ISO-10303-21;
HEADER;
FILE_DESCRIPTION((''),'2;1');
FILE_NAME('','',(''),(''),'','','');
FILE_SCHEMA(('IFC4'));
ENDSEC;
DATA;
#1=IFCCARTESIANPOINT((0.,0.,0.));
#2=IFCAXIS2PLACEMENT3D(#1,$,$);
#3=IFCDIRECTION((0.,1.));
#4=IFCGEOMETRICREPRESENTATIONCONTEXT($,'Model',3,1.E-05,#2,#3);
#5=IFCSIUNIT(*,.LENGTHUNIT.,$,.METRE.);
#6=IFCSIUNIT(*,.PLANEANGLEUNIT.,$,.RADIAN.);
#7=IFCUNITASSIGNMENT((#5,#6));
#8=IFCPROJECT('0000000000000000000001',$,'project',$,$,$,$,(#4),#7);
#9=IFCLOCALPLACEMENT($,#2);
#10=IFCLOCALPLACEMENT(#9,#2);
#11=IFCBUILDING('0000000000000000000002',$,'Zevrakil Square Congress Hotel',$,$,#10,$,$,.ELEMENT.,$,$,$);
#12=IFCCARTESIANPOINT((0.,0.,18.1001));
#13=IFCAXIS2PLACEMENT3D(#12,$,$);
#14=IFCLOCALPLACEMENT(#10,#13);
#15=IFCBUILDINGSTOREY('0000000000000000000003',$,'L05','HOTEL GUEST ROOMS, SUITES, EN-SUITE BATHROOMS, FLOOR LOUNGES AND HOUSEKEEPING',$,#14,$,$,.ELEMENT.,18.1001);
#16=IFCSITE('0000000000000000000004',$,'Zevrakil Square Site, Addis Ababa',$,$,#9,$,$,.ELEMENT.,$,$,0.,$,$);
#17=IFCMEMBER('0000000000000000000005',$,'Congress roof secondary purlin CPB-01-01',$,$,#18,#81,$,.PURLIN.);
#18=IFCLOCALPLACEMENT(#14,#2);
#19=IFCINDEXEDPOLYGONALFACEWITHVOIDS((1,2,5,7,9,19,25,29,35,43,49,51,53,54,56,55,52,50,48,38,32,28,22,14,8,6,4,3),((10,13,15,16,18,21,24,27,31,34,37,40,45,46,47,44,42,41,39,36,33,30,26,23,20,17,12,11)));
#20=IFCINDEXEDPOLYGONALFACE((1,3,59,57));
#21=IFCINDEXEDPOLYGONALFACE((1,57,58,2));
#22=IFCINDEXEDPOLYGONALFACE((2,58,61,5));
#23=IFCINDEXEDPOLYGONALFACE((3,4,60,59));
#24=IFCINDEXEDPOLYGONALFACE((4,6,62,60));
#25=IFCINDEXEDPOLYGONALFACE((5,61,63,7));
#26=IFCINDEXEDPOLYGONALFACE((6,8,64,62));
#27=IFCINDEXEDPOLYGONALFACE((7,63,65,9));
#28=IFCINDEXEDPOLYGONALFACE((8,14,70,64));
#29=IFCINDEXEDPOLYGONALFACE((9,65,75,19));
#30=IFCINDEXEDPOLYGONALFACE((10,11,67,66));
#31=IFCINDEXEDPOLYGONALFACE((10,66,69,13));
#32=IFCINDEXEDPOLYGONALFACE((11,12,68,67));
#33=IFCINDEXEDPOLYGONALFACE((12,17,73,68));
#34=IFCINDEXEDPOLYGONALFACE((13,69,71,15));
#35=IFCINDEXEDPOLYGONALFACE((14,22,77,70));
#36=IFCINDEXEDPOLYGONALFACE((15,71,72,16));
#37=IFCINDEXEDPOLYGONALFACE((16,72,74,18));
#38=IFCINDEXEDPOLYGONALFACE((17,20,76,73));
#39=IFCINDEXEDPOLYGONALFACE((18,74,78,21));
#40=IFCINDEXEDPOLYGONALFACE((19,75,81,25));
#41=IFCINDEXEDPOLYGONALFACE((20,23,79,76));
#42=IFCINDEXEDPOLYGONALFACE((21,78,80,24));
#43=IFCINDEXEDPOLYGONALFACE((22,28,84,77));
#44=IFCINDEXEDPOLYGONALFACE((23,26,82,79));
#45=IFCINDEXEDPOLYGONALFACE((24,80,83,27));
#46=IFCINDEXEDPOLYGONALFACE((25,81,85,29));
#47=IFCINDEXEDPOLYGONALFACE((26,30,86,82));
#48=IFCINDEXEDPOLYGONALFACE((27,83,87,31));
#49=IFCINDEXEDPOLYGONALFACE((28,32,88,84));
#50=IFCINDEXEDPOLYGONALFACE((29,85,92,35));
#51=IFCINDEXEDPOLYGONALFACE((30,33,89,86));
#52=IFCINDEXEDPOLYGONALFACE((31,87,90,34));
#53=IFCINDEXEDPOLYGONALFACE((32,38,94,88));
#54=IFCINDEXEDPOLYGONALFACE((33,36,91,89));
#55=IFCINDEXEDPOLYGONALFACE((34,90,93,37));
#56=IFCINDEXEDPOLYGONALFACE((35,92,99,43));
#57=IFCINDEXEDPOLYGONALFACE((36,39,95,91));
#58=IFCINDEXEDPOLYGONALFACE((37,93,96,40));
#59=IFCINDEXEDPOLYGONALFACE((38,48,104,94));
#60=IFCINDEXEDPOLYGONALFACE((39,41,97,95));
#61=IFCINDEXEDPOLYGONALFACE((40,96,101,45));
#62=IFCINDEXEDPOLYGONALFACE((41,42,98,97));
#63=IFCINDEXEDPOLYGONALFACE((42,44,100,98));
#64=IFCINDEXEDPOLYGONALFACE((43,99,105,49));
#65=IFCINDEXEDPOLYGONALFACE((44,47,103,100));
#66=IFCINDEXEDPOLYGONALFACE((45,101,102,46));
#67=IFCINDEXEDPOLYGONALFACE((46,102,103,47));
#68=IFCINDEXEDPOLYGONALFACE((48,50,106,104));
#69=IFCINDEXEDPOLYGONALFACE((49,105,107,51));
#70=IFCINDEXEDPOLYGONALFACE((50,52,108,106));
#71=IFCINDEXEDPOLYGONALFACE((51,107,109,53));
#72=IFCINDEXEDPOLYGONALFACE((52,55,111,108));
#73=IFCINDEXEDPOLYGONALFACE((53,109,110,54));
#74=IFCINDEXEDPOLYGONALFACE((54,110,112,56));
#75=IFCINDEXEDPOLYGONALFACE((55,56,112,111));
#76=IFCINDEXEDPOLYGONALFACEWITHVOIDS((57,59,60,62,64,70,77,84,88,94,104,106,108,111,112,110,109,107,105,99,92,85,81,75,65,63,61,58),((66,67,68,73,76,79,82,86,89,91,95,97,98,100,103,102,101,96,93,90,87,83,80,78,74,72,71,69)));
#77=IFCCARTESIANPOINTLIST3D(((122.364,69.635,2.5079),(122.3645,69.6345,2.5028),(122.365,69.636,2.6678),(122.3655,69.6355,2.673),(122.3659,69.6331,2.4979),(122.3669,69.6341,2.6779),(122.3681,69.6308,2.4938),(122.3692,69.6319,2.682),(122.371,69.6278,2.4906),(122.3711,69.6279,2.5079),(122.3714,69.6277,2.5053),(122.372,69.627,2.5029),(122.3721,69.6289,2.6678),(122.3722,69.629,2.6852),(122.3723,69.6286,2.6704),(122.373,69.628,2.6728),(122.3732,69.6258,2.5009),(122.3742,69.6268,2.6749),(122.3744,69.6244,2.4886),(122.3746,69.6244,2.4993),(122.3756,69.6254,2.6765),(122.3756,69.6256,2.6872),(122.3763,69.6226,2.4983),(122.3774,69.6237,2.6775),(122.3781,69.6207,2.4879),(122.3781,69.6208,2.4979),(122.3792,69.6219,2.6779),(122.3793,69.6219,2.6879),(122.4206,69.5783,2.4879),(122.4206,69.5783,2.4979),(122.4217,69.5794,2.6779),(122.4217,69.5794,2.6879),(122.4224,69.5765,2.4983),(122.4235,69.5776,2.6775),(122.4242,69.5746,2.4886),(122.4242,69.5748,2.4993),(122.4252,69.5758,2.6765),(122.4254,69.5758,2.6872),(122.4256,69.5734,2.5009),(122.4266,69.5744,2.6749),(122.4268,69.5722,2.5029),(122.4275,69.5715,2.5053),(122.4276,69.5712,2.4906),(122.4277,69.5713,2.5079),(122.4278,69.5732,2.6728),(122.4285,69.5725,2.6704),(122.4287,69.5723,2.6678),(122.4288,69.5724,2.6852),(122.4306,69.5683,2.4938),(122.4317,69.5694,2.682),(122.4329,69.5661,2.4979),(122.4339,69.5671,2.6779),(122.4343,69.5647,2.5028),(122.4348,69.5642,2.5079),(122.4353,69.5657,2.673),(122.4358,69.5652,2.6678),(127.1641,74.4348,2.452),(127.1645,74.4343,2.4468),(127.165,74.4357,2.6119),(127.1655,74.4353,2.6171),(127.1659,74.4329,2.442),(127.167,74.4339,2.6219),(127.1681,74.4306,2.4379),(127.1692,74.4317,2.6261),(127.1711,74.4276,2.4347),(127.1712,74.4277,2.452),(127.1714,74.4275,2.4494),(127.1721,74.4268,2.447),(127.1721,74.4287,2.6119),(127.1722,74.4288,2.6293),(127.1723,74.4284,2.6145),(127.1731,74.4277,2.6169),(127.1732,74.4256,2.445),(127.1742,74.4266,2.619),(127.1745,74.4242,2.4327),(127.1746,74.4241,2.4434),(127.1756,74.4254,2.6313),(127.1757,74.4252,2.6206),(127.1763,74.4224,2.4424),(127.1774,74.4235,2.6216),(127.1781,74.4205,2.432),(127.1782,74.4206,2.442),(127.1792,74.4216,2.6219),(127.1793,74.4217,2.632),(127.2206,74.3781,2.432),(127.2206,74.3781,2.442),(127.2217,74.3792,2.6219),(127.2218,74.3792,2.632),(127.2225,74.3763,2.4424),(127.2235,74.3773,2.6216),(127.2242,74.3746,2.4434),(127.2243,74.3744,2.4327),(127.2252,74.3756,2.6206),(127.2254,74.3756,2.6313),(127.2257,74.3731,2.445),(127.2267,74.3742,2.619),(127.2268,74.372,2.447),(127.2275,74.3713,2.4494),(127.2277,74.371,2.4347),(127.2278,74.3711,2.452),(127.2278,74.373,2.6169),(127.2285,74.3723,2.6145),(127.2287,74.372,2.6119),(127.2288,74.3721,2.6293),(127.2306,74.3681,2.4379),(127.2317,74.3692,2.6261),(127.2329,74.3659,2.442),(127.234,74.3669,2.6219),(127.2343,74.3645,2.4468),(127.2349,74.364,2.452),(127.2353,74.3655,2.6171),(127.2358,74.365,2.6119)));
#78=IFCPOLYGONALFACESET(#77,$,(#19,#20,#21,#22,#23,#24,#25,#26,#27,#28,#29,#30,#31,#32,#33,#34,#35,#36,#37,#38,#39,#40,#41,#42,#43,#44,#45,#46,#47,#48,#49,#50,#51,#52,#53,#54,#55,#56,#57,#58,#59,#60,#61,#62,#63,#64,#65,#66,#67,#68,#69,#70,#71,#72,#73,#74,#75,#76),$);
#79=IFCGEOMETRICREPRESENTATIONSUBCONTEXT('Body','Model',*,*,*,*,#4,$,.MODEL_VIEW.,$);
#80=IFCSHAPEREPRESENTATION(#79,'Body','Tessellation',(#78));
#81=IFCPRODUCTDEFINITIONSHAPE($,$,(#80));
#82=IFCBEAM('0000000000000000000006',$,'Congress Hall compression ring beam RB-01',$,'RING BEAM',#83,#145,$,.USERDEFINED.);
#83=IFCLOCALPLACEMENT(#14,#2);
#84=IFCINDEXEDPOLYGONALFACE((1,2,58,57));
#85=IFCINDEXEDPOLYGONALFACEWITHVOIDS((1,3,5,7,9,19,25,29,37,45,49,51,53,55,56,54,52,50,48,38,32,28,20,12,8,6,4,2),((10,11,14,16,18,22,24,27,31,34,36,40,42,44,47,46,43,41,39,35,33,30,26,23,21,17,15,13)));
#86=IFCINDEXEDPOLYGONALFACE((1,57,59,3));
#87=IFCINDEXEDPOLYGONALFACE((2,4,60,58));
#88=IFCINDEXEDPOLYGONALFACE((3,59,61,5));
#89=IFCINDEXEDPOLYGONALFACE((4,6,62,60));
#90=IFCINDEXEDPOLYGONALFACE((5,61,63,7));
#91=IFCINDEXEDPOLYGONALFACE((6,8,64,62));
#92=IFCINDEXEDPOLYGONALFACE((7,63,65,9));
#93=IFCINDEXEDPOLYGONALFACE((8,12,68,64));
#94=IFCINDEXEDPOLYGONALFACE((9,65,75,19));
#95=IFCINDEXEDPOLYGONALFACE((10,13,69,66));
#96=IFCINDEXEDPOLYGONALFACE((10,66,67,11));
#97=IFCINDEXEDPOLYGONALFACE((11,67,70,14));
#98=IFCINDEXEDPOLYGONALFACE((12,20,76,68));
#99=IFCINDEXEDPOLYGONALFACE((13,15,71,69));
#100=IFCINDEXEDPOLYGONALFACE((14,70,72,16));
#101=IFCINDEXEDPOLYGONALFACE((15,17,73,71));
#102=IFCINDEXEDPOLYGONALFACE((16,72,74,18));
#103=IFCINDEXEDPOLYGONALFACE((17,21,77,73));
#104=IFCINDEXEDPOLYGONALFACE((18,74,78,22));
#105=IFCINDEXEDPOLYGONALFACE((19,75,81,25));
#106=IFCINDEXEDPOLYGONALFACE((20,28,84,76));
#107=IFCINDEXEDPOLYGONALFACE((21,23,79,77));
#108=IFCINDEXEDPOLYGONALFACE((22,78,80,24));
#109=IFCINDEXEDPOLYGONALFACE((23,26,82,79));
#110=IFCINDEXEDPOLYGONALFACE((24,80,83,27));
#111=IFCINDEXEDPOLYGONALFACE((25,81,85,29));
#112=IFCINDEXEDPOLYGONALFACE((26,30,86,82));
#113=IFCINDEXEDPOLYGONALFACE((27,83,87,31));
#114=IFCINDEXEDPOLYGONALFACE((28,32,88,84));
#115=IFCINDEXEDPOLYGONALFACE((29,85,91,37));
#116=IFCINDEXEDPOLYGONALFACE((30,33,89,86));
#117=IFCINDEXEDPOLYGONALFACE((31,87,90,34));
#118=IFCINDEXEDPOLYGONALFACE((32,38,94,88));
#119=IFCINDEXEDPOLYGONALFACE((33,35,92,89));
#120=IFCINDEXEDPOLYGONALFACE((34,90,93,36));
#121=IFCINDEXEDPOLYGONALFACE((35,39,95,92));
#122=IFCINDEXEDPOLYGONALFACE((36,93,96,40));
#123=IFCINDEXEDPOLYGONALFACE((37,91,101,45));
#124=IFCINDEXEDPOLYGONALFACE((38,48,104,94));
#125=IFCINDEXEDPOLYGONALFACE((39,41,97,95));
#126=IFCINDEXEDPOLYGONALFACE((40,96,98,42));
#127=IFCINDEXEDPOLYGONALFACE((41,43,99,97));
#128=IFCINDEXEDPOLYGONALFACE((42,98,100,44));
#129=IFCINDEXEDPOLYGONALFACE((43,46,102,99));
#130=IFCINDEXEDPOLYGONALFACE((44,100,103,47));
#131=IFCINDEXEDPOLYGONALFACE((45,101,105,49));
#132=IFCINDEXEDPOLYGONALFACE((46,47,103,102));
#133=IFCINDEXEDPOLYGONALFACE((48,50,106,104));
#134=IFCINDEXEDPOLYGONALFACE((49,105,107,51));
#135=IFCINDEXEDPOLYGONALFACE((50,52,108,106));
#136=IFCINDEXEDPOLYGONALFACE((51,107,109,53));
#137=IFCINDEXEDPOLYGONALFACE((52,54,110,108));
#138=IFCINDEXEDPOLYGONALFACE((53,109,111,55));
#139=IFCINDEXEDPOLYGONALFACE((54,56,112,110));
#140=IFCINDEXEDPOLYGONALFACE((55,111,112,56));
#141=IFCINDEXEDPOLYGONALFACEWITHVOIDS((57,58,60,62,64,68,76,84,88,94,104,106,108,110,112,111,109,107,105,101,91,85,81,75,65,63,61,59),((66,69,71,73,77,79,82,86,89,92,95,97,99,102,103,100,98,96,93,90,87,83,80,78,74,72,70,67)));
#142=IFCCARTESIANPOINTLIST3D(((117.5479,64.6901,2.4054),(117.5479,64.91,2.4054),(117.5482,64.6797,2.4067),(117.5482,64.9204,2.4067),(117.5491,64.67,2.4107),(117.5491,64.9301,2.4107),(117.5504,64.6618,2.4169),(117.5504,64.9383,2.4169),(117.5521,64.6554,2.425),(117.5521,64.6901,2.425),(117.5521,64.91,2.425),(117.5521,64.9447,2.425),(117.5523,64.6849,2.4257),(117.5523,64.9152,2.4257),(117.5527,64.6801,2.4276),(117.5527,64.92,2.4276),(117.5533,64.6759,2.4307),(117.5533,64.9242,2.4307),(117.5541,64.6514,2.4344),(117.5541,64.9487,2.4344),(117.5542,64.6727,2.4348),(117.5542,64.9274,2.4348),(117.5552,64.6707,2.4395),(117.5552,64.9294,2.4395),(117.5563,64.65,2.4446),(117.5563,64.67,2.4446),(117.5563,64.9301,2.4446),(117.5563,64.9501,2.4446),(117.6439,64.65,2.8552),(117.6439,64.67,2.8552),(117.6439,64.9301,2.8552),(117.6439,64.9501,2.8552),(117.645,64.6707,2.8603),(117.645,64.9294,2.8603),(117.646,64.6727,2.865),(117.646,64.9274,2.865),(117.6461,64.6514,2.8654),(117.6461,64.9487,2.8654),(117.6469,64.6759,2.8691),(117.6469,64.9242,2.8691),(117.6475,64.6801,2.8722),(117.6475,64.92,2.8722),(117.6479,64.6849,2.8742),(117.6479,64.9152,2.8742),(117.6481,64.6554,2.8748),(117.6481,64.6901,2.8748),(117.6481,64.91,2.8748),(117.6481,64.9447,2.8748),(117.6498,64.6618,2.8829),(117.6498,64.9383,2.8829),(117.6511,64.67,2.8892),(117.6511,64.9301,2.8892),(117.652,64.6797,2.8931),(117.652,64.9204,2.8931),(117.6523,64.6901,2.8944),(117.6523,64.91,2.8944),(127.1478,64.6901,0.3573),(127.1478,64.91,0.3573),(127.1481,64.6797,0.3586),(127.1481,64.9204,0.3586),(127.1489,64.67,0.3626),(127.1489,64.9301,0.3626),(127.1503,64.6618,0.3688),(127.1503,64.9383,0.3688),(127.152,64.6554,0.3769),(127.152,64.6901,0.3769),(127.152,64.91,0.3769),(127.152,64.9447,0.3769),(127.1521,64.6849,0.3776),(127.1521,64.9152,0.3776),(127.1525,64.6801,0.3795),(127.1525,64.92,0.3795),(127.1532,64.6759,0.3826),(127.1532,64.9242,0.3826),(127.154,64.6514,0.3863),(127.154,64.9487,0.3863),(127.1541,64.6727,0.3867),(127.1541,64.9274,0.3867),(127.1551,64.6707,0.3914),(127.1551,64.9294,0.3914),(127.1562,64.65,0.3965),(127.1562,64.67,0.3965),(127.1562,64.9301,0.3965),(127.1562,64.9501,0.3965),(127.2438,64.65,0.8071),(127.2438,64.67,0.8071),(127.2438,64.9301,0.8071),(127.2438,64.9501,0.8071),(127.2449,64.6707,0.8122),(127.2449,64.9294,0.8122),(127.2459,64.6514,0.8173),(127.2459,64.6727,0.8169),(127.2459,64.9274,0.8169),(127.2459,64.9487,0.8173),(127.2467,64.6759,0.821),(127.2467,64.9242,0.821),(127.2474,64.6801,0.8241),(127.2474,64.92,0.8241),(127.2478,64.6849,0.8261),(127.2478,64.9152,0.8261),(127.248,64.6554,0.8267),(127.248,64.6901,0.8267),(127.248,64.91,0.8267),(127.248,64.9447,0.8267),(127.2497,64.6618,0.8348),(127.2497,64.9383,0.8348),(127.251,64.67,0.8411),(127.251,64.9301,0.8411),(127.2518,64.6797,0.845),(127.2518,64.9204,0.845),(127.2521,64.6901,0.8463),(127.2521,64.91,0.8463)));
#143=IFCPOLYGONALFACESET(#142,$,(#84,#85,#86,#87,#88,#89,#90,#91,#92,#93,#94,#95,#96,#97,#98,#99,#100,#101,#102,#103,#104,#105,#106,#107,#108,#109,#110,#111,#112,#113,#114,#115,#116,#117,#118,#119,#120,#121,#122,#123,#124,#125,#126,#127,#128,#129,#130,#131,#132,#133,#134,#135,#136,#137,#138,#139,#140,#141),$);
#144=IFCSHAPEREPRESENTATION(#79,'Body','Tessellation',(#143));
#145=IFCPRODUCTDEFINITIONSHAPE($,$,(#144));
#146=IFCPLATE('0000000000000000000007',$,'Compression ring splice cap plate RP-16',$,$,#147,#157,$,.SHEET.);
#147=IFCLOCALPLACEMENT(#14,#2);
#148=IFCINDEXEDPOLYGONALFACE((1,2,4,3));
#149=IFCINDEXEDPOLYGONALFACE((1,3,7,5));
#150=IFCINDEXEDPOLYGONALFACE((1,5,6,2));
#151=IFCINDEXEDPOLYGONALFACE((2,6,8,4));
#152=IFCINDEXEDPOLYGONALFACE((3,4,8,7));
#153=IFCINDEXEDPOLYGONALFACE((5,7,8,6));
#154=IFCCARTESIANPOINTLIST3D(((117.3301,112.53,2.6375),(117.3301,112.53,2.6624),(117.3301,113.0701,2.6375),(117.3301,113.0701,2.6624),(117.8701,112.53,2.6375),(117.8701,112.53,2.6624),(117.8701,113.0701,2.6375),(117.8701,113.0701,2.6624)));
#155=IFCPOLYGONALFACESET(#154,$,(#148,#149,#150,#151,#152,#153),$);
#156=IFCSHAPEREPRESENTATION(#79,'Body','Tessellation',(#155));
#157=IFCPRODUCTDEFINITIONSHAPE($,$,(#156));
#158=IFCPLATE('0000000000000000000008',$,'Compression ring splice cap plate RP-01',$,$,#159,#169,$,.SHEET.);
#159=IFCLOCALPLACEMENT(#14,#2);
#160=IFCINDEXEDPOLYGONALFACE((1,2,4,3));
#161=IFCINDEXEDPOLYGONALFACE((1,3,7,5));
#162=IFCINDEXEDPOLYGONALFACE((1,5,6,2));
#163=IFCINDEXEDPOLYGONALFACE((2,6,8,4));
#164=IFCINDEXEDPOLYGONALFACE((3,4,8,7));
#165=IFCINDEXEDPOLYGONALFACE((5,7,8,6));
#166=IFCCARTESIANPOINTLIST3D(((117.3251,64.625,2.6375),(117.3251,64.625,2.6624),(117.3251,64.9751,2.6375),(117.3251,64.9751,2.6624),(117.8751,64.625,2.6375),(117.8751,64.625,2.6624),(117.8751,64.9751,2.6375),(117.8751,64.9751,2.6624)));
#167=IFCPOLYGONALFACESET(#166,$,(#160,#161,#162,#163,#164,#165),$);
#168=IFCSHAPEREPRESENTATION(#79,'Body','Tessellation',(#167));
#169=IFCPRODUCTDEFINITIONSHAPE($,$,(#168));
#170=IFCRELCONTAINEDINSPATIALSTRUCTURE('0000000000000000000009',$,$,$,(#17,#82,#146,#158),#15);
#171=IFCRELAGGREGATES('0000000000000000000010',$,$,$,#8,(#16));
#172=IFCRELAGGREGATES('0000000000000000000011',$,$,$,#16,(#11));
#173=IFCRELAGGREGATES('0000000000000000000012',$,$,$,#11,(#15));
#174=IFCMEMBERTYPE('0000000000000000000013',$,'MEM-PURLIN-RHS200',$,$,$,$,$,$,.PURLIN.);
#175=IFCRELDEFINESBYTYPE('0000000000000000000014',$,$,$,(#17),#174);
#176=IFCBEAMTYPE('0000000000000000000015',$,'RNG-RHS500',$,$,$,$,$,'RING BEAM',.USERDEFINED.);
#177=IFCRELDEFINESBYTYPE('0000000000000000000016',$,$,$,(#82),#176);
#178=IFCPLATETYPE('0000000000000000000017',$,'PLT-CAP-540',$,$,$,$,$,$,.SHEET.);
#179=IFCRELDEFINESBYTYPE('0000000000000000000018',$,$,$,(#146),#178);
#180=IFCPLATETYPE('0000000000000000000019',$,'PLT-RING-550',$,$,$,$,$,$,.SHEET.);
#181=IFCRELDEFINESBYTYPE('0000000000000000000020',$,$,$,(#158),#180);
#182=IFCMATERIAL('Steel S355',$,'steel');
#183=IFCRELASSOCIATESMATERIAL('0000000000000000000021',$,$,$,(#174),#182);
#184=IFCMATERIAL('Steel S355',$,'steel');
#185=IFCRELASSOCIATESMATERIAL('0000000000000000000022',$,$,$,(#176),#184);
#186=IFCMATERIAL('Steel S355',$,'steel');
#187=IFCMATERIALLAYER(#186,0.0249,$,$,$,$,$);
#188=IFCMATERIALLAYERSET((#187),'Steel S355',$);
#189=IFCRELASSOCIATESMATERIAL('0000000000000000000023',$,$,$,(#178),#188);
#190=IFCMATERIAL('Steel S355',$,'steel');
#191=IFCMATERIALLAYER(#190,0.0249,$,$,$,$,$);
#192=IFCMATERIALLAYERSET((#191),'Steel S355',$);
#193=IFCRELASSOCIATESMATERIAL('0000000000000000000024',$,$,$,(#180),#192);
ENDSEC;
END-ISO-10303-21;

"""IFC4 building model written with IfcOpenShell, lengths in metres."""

from ifc_helpers import new_model, si_unit, direction, frame, origin, origin_2d, place, context, subcontext, project, spatial, rectangle, hollow_rectangle, extrude, material, layer, layer_set, material_profile, profile_set, type_object, element, save


model = new_model("IFC4")

# Units and contexts
model_context = context("Model", 3, precision=1e-05, world=origin(), true_north=direction((0.0, 1.0)))
body_context = subcontext(model_context, "Body", "Model", "MODEL_VIEW")
ifc_project = project(units=[si_unit("LENGTHUNIT", "METRE"), si_unit("PLANEANGLEUNIT", "RADIAN")], contexts=[model_context])

# Site, building, storey
site_placement = place(None, origin())
site = spatial("IfcSite", under=ifc_project, at=site_placement, Name="Zevrakil Square Site, Addis Ababa", CompositionType="ELEMENT", RefElevation=0.0)
building_placement = place(site_placement, origin())
building = spatial("IfcBuilding", under=site, at=building_placement, Name="Zevrakil Square Congress Hotel", CompositionType="ELEMENT")
storey_placement = place(building_placement, frame((0.0, 0.0, 18.1001)))
storey = spatial("IfcBuildingStorey", under=building, at=storey_placement, Name="L05", Description="HOTEL GUEST ROOMS, SUITES, EN-SUITE BATHROOMS, FLOOR LOUNGES AND HOUSEKEEPING", CompositionType="ELEMENT", Elevation=18.1001)

# Member
ifc_material_1 = material(Name="Steel S355", Category="steel")
ifc_material_profile_1 = material_profile(ifc_material_1, hollow_rectangle(XDim=0.1001, YDim=0.2, WallThickness=0.01, InnerFilletRadius=0.01, OuterFilletRadius=0.02, at=origin_2d()), Name="RHS 200x100x10")
ifc_profile_set_1 = profile_set([ifc_material_profile_1], Name="Steel S355")
member_type_1 = type_object("IfcMemberType", Name="MEM-PURLIN-RHS200", PredefinedType="PURLIN", material=ifc_profile_set_1)
member_1_placement = place(storey_placement, frame((122.3999, 69.6001, 2.5879), z_axis=(0.707101, 0.707065, -0.008236), x_axis=(-0.707089, 0.707125, 0.0)))
element("IfcMember", 1, at=member_1_placement, inside=storey, type_object=member_type_1, Name="Congress roof secondary purlin CPB-01-01", PredefinedType="PURLIN", context=body_context, shape_type="SweptSolid", body=[
    extrude(hollow_rectangle(XDim=0.1001, YDim=0.2, WallThickness=0.01, InnerFilletRadius=0.01, OuterFilletRadius=0.02, at=origin_2d()), origin(), (0.0, 0.0, 1.0), 6.7883),
])

# Beam
ifc_material_2 = material(Name="Steel S355", Category="steel")
ifc_material_profile_2 = material_profile(ifc_material_2, hollow_rectangle(XDim=0.3, YDim=0.5, WallThickness=0.02, InnerFilletRadius=0.02, OuterFilletRadius=0.04, at=origin_2d()), Name="RHS 500x300x20")
ifc_profile_set_2 = profile_set([ifc_material_profile_2], Name="Steel S355")
beam_type = type_object("IfcBeamType", Name="RNG-RHS500", ElementType="RING BEAM", PredefinedType="USERDEFINED", material=ifc_profile_set_2)
beam_placement = place(storey_placement, frame((117.6001, 64.8, 2.6499), z_axis=(0.97799, 0.0, -0.208651), x_axis=(0.0, 1.0, 0.0)))
element("IfcBeam", 2, at=beam_placement, inside=storey, type_object=beam_type, Name="Congress Hall compression ring beam RB-01", ObjectType="RING BEAM", PredefinedType="USERDEFINED", context=body_context, shape_type="SweptSolid", body=[
    extrude(hollow_rectangle(XDim=0.3, YDim=0.5, WallThickness=0.02, InnerFilletRadius=0.02, OuterFilletRadius=0.04, at=origin_2d()), origin(), (0.0, 0.0, 1.0), 9.8159),
])

# Plates
ifc_material_3 = material(Name="Steel S355", Category="steel")
ifc_layer_1 = layer(ifc_material_3, 0.0249)
ifc_layer_set_1 = layer_set([ifc_layer_1], Name="Steel S355")
plate_type_1 = type_object("IfcPlateType", Name="PLT-CAP-540", PredefinedType="SHEET", material=ifc_layer_set_1)
plate_1_placement = place(storey_placement, frame((117.6001, 112.8, 2.6375), z_axis=(0.0, 0.0, 1.0), x_axis=(1.0, 0.0, 0.0)))
element("IfcPlate", 3, at=plate_1_placement, inside=storey, type_object=plate_type_1, Name="Compression ring splice cap plate RP-16", PredefinedType="SHEET", context=body_context, shape_type="SweptSolid", body=[
    extrude(rectangle(XDim=0.54, YDim=0.54, at=origin_2d()), origin(), (0.0, 0.0, 1.0), 0.0249),
])
ifc_material_4 = material(Name="Steel S355", Category="steel")
ifc_layer_2 = layer(ifc_material_4, 0.0249)
ifc_layer_set_2 = layer_set([ifc_layer_2], Name="Steel S355")
plate_type_2 = type_object("IfcPlateType", Name="PLT-RING-550", PredefinedType="SHEET", material=ifc_layer_set_2)
plate_2_placement = place(storey_placement, frame((117.6001, 64.8, 2.6375), z_axis=(0.0, 0.0, 1.0), x_axis=(1.0, 0.0, 0.0)))
element("IfcPlate", 4, at=plate_2_placement, inside=storey, type_object=plate_type_2, Name="Compression ring splice cap plate RP-01", PredefinedType="SHEET", context=body_context, shape_type="SweptSolid", body=[
    extrude(rectangle(XDim=0.55, YDim=0.3501, at=origin_2d()), origin(), (0.0, 0.0, 1.0), 0.0249),
])

save(model, "model.ifc")
